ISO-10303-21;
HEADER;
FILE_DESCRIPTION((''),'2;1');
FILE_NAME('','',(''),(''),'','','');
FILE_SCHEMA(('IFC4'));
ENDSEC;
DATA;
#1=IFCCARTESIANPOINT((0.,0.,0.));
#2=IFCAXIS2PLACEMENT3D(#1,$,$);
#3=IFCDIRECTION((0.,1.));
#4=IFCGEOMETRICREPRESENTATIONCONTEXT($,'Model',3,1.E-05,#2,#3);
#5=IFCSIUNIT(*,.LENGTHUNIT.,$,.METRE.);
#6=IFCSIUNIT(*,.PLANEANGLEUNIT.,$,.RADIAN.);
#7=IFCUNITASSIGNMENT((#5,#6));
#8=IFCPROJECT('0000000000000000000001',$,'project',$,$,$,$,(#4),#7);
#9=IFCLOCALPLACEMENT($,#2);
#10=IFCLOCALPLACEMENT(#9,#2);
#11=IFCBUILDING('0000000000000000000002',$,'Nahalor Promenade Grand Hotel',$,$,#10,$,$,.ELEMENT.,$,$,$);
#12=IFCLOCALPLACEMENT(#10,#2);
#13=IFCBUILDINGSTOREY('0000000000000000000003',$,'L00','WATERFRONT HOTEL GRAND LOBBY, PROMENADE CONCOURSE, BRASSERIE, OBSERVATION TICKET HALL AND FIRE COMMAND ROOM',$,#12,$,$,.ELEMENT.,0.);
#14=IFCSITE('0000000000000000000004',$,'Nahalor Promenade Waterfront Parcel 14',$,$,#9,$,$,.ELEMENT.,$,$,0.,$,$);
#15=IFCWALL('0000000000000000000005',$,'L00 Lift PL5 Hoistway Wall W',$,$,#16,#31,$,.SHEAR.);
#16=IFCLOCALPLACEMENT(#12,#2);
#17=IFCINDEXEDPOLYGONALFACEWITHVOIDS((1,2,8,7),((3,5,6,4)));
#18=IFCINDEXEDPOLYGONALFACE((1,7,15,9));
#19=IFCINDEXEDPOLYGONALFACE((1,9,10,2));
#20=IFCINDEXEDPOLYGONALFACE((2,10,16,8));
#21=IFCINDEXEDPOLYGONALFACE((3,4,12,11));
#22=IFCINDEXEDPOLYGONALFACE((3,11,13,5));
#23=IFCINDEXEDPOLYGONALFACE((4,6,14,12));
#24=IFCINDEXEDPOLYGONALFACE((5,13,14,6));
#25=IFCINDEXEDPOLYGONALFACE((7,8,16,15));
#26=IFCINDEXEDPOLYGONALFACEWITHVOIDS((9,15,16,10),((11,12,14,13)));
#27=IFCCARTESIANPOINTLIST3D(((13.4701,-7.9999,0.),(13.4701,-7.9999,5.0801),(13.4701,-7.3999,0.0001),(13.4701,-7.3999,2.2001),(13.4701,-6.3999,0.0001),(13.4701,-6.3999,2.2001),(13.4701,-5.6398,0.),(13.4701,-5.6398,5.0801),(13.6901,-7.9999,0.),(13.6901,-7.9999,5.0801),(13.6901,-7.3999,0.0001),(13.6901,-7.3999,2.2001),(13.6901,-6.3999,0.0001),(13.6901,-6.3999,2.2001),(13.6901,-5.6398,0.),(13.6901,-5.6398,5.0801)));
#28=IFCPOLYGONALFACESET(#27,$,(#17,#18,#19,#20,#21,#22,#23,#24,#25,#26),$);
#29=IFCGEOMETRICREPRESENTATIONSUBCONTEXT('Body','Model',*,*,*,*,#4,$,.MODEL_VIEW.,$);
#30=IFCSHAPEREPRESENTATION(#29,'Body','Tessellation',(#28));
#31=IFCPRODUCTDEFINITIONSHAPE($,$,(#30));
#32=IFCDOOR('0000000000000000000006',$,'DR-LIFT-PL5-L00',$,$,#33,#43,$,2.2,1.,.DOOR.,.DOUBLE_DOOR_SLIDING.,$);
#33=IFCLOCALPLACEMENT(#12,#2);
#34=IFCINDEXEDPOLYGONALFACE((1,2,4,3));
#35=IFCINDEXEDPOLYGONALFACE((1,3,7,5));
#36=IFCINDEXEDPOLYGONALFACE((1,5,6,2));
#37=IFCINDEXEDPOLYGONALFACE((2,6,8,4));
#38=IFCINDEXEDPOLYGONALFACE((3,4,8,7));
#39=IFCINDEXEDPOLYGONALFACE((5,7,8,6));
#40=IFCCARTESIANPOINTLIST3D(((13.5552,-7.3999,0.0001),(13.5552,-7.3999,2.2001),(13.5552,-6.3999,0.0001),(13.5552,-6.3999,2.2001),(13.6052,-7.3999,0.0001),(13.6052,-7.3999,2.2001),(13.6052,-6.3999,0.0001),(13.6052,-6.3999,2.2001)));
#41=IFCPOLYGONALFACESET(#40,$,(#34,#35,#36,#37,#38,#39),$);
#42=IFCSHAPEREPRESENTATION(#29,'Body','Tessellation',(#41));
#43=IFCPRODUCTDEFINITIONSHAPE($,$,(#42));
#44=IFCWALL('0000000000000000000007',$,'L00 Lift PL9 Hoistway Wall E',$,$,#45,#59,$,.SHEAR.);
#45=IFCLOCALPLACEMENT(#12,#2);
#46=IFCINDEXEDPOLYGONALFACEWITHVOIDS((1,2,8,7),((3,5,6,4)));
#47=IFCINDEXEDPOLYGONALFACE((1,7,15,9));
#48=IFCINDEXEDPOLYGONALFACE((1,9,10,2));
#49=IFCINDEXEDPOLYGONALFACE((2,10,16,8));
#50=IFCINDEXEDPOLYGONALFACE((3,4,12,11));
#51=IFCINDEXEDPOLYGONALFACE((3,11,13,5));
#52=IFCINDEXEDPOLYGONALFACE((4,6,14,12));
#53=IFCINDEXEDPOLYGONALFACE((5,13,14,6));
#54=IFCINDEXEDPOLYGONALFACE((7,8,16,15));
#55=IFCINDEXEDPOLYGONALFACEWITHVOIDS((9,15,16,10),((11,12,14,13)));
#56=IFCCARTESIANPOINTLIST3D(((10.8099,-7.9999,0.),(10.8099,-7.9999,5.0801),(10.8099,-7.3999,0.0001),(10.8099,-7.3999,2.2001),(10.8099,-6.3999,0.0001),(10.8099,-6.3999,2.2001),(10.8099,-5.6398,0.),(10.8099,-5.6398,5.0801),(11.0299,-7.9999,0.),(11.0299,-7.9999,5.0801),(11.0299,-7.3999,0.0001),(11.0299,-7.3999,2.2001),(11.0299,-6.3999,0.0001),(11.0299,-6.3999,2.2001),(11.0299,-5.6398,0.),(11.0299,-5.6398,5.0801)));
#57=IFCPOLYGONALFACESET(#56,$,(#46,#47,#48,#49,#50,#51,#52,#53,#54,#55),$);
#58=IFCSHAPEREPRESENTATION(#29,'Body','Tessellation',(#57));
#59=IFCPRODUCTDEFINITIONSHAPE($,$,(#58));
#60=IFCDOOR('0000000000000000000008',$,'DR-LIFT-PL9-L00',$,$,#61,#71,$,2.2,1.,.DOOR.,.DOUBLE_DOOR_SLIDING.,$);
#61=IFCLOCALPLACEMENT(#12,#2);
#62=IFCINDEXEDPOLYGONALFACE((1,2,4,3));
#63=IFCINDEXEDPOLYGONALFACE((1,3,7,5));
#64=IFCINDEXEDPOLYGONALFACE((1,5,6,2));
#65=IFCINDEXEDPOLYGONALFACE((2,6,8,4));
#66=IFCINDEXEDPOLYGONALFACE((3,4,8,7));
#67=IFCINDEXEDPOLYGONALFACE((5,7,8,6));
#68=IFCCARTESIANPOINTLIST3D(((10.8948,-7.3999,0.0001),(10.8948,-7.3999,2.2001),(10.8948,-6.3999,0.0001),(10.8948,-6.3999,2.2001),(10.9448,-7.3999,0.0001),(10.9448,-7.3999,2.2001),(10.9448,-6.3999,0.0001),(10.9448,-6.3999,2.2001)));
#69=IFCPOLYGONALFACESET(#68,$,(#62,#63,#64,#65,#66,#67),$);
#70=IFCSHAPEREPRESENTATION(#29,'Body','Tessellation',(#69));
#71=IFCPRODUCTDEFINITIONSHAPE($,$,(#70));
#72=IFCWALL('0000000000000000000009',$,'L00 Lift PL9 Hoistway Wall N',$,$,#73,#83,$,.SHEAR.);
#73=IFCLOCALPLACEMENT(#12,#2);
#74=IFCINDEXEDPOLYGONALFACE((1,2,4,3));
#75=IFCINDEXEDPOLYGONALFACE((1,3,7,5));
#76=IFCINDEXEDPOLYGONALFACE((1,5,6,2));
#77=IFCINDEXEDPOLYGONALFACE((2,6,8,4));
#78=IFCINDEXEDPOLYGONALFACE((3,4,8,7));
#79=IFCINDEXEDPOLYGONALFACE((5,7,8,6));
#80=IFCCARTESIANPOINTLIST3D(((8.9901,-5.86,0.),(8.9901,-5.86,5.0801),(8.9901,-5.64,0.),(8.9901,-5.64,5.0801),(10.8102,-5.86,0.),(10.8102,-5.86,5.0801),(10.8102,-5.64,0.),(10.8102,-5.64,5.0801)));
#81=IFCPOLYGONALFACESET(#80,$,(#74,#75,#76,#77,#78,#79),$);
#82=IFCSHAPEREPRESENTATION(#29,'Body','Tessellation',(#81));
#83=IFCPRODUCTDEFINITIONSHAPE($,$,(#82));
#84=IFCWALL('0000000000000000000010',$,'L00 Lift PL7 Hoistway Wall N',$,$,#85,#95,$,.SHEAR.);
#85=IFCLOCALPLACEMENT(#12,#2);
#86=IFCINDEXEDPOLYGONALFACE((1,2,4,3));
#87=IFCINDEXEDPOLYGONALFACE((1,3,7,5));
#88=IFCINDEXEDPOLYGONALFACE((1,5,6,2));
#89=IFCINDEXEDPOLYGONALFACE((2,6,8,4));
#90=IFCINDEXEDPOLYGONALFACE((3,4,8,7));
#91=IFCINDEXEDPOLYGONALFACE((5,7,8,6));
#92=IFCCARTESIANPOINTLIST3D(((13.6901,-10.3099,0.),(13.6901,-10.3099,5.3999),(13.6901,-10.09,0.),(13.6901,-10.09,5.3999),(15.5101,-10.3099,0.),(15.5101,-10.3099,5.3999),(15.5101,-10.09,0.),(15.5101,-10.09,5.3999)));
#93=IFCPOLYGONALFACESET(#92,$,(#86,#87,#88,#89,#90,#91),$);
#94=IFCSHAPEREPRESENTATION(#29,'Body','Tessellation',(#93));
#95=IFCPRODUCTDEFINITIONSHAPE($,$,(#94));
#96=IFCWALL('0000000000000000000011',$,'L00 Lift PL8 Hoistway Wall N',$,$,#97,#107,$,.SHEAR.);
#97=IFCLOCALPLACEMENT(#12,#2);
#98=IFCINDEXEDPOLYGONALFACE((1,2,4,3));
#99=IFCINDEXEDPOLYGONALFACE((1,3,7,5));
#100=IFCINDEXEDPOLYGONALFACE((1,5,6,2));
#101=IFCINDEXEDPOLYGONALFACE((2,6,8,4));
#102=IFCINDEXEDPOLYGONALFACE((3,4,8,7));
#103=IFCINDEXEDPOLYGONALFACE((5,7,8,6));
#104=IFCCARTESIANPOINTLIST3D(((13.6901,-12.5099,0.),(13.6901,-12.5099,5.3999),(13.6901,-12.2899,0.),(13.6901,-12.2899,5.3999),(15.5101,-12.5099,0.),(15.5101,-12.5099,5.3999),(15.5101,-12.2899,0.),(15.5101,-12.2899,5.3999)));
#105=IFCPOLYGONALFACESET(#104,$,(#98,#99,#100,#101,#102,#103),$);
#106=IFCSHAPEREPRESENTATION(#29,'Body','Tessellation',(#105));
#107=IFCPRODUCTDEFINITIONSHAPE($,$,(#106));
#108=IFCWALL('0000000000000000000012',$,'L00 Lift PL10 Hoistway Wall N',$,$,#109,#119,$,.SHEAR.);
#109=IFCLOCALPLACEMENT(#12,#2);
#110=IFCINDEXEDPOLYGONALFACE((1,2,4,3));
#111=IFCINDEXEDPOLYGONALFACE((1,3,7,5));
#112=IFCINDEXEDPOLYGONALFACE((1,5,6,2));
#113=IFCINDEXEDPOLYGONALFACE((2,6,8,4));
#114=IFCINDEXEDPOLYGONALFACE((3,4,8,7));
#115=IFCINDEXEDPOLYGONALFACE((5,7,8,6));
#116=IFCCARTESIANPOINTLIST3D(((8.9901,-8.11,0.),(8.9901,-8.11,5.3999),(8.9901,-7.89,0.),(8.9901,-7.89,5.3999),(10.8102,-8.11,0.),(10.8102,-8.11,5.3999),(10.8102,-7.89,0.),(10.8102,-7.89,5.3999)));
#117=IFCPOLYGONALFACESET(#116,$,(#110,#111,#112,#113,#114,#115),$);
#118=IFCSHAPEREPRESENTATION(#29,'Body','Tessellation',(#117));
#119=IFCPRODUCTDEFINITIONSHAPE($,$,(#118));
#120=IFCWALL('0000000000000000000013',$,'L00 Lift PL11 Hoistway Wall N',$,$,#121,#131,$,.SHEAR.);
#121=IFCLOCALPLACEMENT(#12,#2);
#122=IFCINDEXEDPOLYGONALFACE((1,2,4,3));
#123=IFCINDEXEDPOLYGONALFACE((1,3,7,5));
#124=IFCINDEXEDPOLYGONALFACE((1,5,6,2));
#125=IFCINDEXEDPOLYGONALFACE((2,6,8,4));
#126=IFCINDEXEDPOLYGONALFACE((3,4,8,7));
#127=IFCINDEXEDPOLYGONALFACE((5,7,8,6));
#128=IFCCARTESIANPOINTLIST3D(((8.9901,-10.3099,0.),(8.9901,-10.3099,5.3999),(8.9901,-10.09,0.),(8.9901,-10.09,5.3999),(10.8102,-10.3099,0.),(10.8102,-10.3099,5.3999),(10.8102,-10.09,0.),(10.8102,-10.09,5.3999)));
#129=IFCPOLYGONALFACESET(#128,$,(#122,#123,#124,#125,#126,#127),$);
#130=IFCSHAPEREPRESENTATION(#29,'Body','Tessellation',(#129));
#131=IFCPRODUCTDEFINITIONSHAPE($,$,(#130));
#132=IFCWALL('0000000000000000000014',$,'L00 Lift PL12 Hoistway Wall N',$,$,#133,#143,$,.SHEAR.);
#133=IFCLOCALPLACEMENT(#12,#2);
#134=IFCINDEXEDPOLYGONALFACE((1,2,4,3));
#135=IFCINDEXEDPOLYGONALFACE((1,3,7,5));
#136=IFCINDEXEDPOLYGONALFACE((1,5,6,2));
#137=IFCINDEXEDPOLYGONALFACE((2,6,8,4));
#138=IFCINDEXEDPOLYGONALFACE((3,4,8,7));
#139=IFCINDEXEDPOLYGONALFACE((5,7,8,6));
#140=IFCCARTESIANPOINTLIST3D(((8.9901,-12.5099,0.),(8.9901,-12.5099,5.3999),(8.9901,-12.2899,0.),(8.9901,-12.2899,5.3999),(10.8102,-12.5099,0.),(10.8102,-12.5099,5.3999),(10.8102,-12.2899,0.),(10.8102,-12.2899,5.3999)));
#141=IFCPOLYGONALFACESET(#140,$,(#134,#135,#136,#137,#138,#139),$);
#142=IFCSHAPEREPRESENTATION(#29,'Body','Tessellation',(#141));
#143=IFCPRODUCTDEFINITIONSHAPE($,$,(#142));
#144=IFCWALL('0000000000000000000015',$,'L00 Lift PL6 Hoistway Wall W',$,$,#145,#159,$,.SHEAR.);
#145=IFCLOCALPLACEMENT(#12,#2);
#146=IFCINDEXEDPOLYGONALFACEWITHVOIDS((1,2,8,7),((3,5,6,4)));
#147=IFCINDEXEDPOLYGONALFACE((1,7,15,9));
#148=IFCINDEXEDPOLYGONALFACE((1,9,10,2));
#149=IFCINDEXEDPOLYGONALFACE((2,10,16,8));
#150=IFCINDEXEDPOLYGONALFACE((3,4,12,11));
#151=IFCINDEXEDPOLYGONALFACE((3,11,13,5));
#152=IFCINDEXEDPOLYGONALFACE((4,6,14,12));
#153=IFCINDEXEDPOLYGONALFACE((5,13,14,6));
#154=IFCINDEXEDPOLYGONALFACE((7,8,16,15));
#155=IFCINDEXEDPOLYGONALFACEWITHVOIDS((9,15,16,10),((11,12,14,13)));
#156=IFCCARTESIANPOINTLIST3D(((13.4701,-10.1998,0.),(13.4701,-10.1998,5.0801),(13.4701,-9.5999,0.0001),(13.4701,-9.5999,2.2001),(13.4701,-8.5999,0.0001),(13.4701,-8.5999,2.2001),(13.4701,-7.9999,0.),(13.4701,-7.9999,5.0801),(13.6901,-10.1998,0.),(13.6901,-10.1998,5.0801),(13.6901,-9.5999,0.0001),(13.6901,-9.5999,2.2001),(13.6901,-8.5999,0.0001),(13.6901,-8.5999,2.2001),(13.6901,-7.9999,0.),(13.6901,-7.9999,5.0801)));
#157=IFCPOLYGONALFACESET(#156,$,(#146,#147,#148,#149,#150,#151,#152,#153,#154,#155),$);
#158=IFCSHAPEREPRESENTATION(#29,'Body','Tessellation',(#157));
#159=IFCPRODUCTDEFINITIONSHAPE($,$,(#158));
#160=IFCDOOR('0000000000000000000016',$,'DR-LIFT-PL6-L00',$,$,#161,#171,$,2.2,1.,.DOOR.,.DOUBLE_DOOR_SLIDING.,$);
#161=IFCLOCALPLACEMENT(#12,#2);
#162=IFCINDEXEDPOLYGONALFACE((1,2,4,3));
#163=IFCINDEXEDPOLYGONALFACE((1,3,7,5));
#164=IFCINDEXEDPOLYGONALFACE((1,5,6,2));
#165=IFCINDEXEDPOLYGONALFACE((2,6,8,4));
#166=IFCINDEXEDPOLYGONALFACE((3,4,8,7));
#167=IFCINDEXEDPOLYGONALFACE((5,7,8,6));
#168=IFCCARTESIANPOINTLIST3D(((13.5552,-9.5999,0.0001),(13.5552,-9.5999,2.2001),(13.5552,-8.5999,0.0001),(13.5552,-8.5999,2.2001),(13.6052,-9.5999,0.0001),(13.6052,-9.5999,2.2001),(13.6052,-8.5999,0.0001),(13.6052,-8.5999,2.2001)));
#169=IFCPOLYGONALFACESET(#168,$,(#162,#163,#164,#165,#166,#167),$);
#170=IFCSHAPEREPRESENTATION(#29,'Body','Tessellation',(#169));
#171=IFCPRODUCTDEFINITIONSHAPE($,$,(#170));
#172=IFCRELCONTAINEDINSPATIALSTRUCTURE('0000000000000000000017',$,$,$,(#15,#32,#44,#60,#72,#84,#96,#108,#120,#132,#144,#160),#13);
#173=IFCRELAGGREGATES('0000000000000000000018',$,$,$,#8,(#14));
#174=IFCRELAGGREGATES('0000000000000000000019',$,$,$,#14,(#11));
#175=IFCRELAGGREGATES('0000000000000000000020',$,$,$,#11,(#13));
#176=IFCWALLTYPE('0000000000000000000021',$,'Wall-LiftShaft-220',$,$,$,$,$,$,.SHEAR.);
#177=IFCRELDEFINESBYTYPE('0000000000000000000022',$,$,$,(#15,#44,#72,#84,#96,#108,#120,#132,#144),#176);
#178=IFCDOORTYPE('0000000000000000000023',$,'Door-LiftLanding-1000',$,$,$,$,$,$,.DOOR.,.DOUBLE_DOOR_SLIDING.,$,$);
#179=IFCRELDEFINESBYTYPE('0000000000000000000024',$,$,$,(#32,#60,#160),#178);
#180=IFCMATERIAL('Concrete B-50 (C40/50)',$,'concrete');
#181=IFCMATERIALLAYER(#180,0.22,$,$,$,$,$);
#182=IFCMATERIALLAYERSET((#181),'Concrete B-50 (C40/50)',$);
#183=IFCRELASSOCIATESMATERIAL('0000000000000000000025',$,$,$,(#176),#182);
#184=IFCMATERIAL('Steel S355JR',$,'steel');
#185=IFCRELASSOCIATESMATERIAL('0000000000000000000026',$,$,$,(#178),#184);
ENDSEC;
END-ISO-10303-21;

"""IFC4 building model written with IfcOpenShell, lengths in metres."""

from ifc_helpers import new_model, si_unit, direction, frame, frame_2d, origin, place, context, subcontext, project, spatial, rectangle, extrude, source, transform, mapped, material, layer, layer_set, type_object, element, fill, save


model = new_model("IFC4")

# Units and contexts
model_context = context("Model", 3, precision=1e-05, world=origin(), true_north=direction((0.0, 1.0)))
body_context = subcontext(model_context, "Body", "Model", "MODEL_VIEW")
ifc_project = project(units=[si_unit("LENGTHUNIT", "METRE"), si_unit("PLANEANGLEUNIT", "RADIAN")], contexts=[model_context])

# Site, building, storey
site_placement = place(None, origin())
site = spatial("IfcSite", under=ifc_project, at=site_placement, Name="Nahalor Promenade Waterfront Parcel 14", CompositionType="ELEMENT", RefElevation=0.0)
building_placement = place(site_placement, origin())
building = spatial("IfcBuilding", under=site, at=building_placement, Name="Nahalor Promenade Grand Hotel", CompositionType="ELEMENT")
storey_placement = place(building_placement, origin())
storey = spatial("IfcBuildingStorey", under=building, at=storey_placement, Name="L00", Description="WATERFRONT HOTEL GRAND LOBBY, PROMENADE CONCOURSE, BRASSERIE, OBSERVATION TICKET HALL AND FIRE COMMAND ROOM", CompositionType="ELEMENT", Elevation=0.0)

# Walls, openings, doors
ifc_material_1 = material(Name="Concrete B-50 (C40/50)", Category="concrete")
ifc_layer = layer(ifc_material_1, 0.22)
ifc_layer_set = layer_set([ifc_layer], Name="Concrete B-50 (C40/50)")
wall_type = type_object("IfcWallType", Name="Wall-LiftShaft-220", PredefinedType="SHEAR", material=ifc_layer_set)
shared_shape_1 = source(origin(), body_context, "Body", "SweptSolid", [
    extrude(rectangle(XDim=2.3601, YDim=0.22, at=frame_2d((1.1802, 0.0))), origin(), (0.0, 0.0, 1.0), 5.0801),
])
wall_1_placement = place(storey_placement, frame((13.5801, -8.0, 0.0), z_axis=(0.0, 0.0, 1.0), x_axis=(0.0, 1.0, 0.0)))
wall_1 = element("IfcWall", 1, at=wall_1_placement, inside=storey, type_object=wall_type, Name="L00 Lift PL5 Hoistway Wall W", PredefinedType="SHEAR", context=body_context, shape_type="MappedRepresentation", body=[
    mapped(shared_shape_1, transform((0.0, 0.0, 0.0), scale=1.0)),
])
opening_1_placement = place(wall_1_placement, frame((0.6001, 0.0, 0.0)))
opening_1 = element("IfcOpeningElement", 2, at=opening_1_placement, cuts=wall_1, PredefinedType="OPENING", context=body_context, shape_type="SweptSolid", body=[
    extrude(rectangle(XDim=1.0, YDim=2.2, at=frame_2d((0.5, 1.1001))), frame((0.0, 0.1199, 0.0), z_axis=(0.0, -1.0, 0.0), x_axis=(1.0, 0.0, 0.0)), (0.0, 0.0, 1.0), 0.24),
])
ifc_material_2 = material(Name="Steel S355JR", Category="steel")
door_type = type_object("IfcDoorType", Name="Door-LiftLanding-1000", OperationType="DOUBLE_DOOR_SLIDING", PredefinedType="DOOR", material=ifc_material_2)
shared_shape_2 = source(origin(), body_context, "Body", "SweptSolid", [
    extrude(rectangle(XDim=1.0, YDim=2.2, at=frame_2d((0.5, 1.1001))), frame((0.0, 0.0249, 0.0), z_axis=(0.0, -1.0, 0.0), x_axis=(1.0, 0.0, 0.0)), (0.0, 0.0, 1.0), 0.05),
])
door_1_placement = place(opening_1_placement, origin())
door_1 = element("IfcDoor", 3, at=door_1_placement, inside=storey, type_object=door_type, Name="DR-LIFT-PL5-L00", OperationType="DOUBLE_DOOR_SLIDING", OverallHeight=2.2, OverallWidth=1.0, PredefinedType="DOOR", context=body_context, shape_type="MappedRepresentation", body=[
    mapped(shared_shape_2, transform((0.0, 0.0, 0.0), scale=1.0)),
])
fill(opening_1, door_1)
wall_2_placement = place(storey_placement, frame((10.9199, -8.0, 0.0), z_axis=(0.0, 0.0, 1.0), x_axis=(0.0, 1.0, 0.0)))
wall_2 = element("IfcWall", 4, at=wall_2_placement, inside=storey, type_object=wall_type, Name="L00 Lift PL9 Hoistway Wall E", PredefinedType="SHEAR", context=body_context, shape_type="MappedRepresentation", body=[
    mapped(shared_shape_1, transform((0.0, 0.0, 0.0), scale=1.0)),
])
opening_2_placement = place(wall_2_placement, frame((0.6001, 0.0, 0.0)))
opening_2 = element("IfcOpeningElement", 5, at=opening_2_placement, cuts=wall_2, PredefinedType="OPENING", context=body_context, shape_type="SweptSolid", body=[
    extrude(rectangle(XDim=1.0, YDim=2.2, at=frame_2d((0.5, 1.1001))), frame((0.0, 0.1199, 0.0), z_axis=(0.0, -1.0, 0.0), x_axis=(1.0, 0.0, 0.0)), (0.0, 0.0, 1.0), 0.24),
])
door_2_placement = place(opening_2_placement, frame((1.0, 0.0, 0.0), z_axis=(0.0, 0.0, 1.0), x_axis=(-1.0, 0.0, 0.0)))
door_2 = element("IfcDoor", 6, at=door_2_placement, inside=storey, type_object=door_type, Name="DR-LIFT-PL9-L00", OperationType="DOUBLE_DOOR_SLIDING", OverallHeight=2.2, OverallWidth=1.0, PredefinedType="DOOR", context=body_context, shape_type="MappedRepresentation", body=[
    mapped(shared_shape_2, transform((0.0, 0.0, 0.0), scale=1.0)),
])
fill(opening_2, door_2)

# Walls
shared_shape_3 = source(origin(), body_context, "Body", "SweptSolid", [
    extrude(rectangle(XDim=1.8201, YDim=0.22, at=frame_2d((0.9102, 0.0))), origin(), (0.0, 0.0, 1.0), 5.0801),
])
wall_3_placement = place(storey_placement, frame((8.99, -5.75, 0.0), z_axis=(0.0, 0.0, 1.0), x_axis=(1.0, 0.0, 0.0)))
element("IfcWall", 7, at=wall_3_placement, inside=storey, type_object=wall_type, Name="L00 Lift PL9 Hoistway Wall N", PredefinedType="SHEAR", context=body_context, shape_type="MappedRepresentation", body=[
    mapped(shared_shape_3, transform((0.0, 0.0, 0.0), scale=1.0)),
])
shared_shape_4 = source(origin(), body_context, "Body", "SweptSolid", [
    extrude(rectangle(XDim=1.8201, YDim=0.22, at=frame_2d((0.9102, 0.0))), origin(), (0.0, 0.0, 1.0), 5.3999),
])
for number, where, z_axis, x_axis, name in (
    (8, (13.6899, -10.2, 0.0), (0.0, 0.0, 1.0), (1.0, 0.0, 0.0), "L00 Lift PL7 Hoistway Wall N"),
    (9, (13.6899, -12.3999, 0.0), (0.0, 0.0, 1.0), (1.0, 0.0, 0.0), "L00 Lift PL8 Hoistway Wall N"),
    (10, (8.99, -8.0, 0.0), (0.0, 0.0, 1.0), (1.0, 0.0, 0.0), "L00 Lift PL10 Hoistway Wall N"),
    (11, (8.99, -10.2, 0.0), (0.0, 0.0, 1.0), (1.0, 0.0, 0.0), "L00 Lift PL11 Hoistway Wall N"),
    (12, (8.99, -12.3999, 0.0), (0.0, 0.0, 1.0), (1.0, 0.0, 0.0), "L00 Lift PL12 Hoistway Wall N"),
):
    element("IfcWall", number, at=place(storey_placement, frame(where, z_axis=z_axis, x_axis=x_axis)), inside=storey, type_object=wall_type, Name=name, PredefinedType="SHEAR", context=body_context, shape_type="MappedRepresentation", body=[
        mapped(shared_shape_4, transform((0.0, 0.0, 0.0), scale=1.0)),
    ])

# Wall, opening, door
shared_shape_5 = source(origin(), body_context, "Body", "SweptSolid", [
    extrude(rectangle(XDim=2.2, YDim=0.22, at=frame_2d((1.1001, 0.0))), origin(), (0.0, 0.0, 1.0), 5.0801),
])
wall_4_placement = place(storey_placement, frame((13.5801, -10.2, 0.0), z_axis=(0.0, 0.0, 1.0), x_axis=(0.0, 1.0, 0.0)))
wall_4 = element("IfcWall", 13, at=wall_4_placement, inside=storey, type_object=wall_type, Name="L00 Lift PL6 Hoistway Wall W", PredefinedType="SHEAR", context=body_context, shape_type="MappedRepresentation", body=[
    mapped(shared_shape_5, transform((0.0, 0.0, 0.0), scale=1.0)),
])
opening_3_placement = place(wall_4_placement, frame((0.6001, 0.0, 0.0)))
opening_3 = element("IfcOpeningElement", 14, at=opening_3_placement, cuts=wall_4, PredefinedType="OPENING", context=body_context, shape_type="SweptSolid", body=[
    extrude(rectangle(XDim=1.0, YDim=2.2, at=frame_2d((0.5, 1.1001))), frame((0.0, 0.1199, 0.0), z_axis=(0.0, -1.0, 0.0), x_axis=(1.0, 0.0, 0.0)), (0.0, 0.0, 1.0), 0.24),
])
door_3_placement = place(opening_3_placement, origin())
door_3 = element("IfcDoor", 15, at=door_3_placement, inside=storey, type_object=door_type, Name="DR-LIFT-PL6-L00", OperationType="DOUBLE_DOOR_SLIDING", OverallHeight=2.2, OverallWidth=1.0, PredefinedType="DOOR", context=body_context, shape_type="MappedRepresentation", body=[
    mapped(shared_shape_2, transform((0.0, 0.0, 0.0), scale=1.0)),
])
fill(opening_3, door_3)

save(model, "model.ifc")
